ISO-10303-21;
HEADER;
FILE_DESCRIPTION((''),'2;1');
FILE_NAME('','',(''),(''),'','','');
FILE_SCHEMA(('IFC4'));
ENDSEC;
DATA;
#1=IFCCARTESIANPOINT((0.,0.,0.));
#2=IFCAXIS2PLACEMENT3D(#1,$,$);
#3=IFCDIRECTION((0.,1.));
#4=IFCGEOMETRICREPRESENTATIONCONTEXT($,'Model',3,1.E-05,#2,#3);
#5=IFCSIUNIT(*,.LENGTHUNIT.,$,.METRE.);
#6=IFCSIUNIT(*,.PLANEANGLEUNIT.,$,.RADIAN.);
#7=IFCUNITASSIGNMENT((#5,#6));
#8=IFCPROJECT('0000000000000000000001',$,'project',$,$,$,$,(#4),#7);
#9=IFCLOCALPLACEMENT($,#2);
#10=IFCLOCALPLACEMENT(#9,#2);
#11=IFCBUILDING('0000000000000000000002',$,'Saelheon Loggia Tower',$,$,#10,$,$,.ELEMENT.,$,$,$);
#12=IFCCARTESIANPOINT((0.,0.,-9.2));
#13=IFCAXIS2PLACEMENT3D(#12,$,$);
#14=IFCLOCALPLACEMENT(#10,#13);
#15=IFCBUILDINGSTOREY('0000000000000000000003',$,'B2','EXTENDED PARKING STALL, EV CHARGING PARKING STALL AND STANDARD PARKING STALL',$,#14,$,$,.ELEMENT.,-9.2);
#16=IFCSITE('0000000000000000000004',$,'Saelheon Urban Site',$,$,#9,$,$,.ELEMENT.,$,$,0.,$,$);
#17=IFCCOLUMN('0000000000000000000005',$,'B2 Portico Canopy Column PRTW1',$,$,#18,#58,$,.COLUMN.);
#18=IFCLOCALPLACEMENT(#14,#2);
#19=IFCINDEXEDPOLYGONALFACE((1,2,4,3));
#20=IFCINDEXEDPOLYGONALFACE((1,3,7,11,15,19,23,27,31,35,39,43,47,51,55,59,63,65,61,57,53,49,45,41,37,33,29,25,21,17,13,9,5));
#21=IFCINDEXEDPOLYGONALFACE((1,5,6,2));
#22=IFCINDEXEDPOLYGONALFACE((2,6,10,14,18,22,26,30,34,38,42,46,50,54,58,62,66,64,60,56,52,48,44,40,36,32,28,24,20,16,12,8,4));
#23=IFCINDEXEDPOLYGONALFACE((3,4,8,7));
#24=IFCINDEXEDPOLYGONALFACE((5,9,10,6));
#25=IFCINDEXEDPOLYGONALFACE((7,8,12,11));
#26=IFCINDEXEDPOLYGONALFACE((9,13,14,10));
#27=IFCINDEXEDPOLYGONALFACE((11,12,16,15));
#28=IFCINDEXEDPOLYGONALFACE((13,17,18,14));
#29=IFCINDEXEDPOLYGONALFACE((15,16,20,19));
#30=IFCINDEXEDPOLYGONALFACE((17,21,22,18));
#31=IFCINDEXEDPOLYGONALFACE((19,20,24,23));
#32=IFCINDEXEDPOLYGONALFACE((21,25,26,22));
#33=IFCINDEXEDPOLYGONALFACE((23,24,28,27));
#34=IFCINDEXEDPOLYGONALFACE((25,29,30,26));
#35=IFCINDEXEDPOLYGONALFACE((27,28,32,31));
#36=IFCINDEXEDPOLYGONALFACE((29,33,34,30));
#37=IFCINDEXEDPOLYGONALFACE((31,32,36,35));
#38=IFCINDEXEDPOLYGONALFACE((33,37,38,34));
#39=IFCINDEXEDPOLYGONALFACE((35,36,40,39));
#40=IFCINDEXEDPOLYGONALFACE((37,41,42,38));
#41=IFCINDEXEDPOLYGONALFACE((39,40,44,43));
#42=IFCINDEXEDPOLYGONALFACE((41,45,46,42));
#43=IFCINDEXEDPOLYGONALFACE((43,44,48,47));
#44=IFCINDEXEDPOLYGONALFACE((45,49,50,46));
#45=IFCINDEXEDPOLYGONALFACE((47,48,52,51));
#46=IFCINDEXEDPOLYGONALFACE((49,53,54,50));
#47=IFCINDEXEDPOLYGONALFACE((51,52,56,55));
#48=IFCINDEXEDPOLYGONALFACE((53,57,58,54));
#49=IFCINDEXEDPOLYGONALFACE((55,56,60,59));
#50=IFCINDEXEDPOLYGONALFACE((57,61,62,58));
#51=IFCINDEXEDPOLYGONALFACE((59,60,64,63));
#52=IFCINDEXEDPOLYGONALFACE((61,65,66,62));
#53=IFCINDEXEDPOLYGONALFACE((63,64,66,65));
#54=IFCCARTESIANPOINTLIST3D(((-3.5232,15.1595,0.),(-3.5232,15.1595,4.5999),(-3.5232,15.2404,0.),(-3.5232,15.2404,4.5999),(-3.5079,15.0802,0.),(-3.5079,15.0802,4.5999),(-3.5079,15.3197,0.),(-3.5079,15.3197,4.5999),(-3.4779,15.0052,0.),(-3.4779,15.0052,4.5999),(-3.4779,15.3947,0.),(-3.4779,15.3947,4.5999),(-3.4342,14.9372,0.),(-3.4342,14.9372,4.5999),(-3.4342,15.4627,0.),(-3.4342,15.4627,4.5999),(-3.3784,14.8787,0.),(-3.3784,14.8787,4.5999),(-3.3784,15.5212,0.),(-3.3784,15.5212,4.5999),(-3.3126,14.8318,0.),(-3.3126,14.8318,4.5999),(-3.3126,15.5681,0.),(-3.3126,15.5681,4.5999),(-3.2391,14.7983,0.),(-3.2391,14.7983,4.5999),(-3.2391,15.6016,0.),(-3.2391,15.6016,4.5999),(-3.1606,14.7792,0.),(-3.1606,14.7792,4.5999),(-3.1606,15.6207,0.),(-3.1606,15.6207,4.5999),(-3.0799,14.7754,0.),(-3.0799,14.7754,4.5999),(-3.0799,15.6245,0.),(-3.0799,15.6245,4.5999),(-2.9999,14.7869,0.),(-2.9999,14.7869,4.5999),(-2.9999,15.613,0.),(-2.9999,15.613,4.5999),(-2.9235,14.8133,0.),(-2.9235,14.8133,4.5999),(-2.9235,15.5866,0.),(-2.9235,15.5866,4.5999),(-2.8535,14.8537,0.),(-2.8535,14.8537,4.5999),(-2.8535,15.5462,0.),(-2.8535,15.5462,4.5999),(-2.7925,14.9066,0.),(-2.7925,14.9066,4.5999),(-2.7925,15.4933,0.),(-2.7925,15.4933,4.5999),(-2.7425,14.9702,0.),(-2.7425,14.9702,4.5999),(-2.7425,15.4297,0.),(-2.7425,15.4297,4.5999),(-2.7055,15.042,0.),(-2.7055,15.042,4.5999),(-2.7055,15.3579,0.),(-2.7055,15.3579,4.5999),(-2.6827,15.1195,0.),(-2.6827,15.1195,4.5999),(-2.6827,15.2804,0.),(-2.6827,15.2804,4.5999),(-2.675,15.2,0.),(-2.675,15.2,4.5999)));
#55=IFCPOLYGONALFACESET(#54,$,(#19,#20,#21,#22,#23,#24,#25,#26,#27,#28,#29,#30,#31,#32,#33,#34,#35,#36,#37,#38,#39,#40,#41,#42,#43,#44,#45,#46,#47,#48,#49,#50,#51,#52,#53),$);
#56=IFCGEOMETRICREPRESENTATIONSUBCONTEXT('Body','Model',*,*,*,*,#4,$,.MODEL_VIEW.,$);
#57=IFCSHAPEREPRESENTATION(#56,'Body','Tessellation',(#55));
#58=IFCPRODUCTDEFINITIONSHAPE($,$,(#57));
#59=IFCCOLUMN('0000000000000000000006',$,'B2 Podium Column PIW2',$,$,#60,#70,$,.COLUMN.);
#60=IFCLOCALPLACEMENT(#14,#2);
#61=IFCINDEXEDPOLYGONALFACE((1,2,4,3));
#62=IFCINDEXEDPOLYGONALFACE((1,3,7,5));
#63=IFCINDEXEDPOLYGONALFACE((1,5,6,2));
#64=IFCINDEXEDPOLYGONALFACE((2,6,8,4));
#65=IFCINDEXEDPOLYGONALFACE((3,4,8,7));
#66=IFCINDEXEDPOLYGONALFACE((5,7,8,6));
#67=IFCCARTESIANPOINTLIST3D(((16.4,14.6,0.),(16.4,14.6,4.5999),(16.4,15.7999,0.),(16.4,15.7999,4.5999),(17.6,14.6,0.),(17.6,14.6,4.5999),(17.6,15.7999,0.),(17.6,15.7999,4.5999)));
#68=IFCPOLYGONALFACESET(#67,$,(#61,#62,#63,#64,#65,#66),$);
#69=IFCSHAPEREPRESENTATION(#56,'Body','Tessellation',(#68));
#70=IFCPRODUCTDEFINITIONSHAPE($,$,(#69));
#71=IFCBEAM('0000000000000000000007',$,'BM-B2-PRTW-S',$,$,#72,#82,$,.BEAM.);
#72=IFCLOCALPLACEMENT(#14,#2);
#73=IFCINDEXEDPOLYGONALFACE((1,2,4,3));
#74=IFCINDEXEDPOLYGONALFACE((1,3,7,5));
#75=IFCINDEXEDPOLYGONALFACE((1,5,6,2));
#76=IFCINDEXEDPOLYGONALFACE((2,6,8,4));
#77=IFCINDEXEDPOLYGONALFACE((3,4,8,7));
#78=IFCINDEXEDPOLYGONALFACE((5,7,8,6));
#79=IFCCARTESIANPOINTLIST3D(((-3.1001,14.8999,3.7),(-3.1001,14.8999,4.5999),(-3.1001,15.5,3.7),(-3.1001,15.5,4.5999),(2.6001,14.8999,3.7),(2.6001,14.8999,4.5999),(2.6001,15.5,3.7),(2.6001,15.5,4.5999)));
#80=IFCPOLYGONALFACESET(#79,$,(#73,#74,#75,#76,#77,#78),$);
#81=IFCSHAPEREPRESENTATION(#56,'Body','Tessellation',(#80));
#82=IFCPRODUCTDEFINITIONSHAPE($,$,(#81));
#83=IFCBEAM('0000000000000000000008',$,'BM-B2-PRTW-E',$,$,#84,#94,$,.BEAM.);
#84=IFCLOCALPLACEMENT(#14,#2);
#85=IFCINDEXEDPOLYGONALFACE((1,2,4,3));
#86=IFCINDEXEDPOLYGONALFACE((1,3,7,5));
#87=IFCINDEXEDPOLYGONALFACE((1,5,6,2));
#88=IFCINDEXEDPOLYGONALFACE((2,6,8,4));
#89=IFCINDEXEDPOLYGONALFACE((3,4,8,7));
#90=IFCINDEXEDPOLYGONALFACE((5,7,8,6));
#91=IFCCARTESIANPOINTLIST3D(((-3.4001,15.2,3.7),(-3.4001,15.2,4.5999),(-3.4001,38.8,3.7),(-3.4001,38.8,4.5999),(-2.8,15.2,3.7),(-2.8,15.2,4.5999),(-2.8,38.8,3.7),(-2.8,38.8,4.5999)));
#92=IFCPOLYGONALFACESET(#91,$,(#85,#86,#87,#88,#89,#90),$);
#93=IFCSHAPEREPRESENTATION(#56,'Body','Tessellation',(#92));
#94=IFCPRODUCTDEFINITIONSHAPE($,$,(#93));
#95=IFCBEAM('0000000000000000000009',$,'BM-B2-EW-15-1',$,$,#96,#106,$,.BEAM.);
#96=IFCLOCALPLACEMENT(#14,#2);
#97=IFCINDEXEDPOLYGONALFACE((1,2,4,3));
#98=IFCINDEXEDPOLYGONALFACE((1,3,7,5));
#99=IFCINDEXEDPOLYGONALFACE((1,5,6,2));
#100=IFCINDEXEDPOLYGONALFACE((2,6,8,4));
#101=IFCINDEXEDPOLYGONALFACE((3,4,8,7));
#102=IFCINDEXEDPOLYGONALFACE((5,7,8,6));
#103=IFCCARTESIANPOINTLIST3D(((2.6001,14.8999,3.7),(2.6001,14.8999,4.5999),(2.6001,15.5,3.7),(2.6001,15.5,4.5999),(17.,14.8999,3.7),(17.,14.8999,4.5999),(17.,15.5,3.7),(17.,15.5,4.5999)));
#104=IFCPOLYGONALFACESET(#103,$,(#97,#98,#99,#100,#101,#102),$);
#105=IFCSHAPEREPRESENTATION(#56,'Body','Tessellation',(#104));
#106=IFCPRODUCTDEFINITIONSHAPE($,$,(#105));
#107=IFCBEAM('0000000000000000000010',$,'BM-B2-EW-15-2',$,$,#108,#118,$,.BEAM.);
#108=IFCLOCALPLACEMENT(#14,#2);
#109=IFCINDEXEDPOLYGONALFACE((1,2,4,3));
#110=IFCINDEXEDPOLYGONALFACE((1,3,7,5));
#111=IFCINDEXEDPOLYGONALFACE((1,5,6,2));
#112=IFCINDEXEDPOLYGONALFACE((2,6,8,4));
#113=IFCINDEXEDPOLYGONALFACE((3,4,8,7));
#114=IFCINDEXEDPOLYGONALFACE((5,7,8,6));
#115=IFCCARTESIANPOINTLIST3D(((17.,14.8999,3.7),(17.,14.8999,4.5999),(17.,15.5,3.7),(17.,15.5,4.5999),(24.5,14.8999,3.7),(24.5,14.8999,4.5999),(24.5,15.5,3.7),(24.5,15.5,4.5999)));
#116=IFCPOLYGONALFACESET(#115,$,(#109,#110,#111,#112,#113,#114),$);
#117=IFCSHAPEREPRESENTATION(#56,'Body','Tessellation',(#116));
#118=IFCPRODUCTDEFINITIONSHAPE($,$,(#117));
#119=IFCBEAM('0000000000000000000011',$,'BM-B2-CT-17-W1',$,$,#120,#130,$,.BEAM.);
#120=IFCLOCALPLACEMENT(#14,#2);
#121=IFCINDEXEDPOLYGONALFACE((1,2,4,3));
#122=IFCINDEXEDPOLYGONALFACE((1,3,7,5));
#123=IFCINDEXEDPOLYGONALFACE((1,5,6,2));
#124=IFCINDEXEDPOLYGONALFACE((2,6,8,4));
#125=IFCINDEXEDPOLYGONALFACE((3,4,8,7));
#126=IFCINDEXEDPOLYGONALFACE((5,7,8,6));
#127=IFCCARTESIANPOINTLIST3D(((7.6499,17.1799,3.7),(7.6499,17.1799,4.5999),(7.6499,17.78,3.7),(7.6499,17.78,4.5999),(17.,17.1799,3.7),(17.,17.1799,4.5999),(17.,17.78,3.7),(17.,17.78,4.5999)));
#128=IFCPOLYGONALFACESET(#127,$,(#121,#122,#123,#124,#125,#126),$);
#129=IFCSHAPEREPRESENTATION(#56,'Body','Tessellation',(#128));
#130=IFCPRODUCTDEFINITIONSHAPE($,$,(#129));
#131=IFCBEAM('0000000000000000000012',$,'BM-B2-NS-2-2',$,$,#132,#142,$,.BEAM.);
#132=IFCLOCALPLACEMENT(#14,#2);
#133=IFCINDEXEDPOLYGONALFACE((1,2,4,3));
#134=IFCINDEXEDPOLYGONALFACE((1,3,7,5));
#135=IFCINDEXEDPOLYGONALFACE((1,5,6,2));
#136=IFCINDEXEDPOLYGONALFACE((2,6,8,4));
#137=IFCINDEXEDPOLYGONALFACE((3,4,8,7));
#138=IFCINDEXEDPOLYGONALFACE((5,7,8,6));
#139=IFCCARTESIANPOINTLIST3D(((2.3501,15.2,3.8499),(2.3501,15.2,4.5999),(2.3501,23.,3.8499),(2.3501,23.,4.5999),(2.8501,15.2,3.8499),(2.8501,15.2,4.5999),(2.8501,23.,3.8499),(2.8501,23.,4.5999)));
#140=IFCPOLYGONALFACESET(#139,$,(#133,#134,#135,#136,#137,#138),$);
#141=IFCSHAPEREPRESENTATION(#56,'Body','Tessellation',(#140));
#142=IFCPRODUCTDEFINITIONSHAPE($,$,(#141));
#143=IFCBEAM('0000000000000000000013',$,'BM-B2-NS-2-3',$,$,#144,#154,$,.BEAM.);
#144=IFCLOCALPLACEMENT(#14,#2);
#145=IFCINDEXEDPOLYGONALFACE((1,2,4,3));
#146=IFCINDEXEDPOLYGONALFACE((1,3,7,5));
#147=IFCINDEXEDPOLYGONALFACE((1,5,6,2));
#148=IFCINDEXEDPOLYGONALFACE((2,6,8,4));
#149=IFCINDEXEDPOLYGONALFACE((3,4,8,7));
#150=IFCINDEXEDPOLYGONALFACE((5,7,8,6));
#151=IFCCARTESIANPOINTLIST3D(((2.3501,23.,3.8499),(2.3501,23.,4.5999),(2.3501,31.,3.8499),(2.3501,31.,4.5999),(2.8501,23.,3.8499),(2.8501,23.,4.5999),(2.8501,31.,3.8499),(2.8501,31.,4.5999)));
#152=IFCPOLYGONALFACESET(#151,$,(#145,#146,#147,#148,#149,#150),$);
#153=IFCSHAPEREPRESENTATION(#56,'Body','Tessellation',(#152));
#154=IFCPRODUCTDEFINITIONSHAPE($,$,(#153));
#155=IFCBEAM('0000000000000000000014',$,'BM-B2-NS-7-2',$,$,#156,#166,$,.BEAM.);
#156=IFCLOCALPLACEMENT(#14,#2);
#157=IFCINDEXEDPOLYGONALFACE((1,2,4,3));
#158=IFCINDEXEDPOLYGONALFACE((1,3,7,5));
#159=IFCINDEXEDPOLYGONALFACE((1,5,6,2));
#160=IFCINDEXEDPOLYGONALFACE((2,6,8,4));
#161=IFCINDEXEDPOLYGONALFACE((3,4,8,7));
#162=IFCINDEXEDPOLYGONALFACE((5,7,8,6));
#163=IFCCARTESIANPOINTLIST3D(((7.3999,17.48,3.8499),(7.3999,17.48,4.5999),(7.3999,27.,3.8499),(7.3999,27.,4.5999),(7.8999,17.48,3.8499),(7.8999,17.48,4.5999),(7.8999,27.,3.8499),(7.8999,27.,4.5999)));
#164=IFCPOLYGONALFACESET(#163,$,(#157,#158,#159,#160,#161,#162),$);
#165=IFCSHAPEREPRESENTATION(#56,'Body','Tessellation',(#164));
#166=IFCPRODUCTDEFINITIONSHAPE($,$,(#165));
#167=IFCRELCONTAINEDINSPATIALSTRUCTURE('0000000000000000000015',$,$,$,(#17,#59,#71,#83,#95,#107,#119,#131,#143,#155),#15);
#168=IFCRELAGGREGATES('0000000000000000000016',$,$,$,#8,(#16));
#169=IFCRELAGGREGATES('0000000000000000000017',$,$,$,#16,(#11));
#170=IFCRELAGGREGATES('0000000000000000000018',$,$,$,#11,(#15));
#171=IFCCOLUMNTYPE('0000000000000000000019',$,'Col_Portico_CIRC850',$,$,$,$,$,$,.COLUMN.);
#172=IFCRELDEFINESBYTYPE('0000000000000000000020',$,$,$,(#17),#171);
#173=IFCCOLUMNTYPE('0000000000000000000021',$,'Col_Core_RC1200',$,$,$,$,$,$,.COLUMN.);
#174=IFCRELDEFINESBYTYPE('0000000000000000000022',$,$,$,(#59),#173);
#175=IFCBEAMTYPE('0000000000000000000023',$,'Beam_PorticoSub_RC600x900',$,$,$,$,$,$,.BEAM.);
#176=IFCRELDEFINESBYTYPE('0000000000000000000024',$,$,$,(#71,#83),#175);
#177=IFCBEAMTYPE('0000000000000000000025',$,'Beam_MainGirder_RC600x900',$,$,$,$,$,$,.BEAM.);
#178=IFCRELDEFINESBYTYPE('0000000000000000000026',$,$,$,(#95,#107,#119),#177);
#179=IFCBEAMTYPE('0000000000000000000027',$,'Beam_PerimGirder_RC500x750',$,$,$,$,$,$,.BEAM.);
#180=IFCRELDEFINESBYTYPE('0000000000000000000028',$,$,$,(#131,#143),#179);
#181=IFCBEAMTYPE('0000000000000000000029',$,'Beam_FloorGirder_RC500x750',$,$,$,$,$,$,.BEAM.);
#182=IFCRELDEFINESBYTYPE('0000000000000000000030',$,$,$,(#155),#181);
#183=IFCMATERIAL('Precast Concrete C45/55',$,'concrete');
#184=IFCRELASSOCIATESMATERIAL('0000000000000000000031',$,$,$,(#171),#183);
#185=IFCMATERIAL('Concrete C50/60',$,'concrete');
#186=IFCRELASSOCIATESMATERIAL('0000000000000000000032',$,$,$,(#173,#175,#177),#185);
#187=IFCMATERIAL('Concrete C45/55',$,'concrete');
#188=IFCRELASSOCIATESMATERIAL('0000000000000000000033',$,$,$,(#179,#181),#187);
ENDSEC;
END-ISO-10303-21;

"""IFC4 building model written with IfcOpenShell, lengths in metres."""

from ifc_helpers import new_model, si_unit, direction, frame, origin, origin_2d, place, context, subcontext, project, spatial, rectangle, circle, extrude, source, transform, mapped, material, material_profile, profile_set, type_object, element, save


model = new_model("IFC4")

# Units and contexts
model_context = context("Model", 3, precision=1e-05, world=origin(), true_north=direction((0.0, 1.0)))
body_context = subcontext(model_context, "Body", "Model", "MODEL_VIEW")
ifc_project = project(units=[si_unit("LENGTHUNIT", "METRE"), si_unit("PLANEANGLEUNIT", "RADIAN")], contexts=[model_context])

# Site, building, storey
site_placement = place(None, origin())
site = spatial("IfcSite", under=ifc_project, at=site_placement, Name="Saelheon Urban Site", CompositionType="ELEMENT", RefElevation=0.0)
building_placement = place(site_placement, origin())
building = spatial("IfcBuilding", under=site, at=building_placement, Name="Saelheon Loggia Tower", CompositionType="ELEMENT")
storey_placement = place(building_placement, frame((0.0, 0.0, -9.2)))
storey = spatial("IfcBuildingStorey", under=building, at=storey_placement, Name="B2", Description="EXTENDED PARKING STALL, EV CHARGING PARKING STALL AND STANDARD PARKING STALL", CompositionType="ELEMENT", Elevation=-9.2)

# Shared definitions
ifc_material_1 = material(Name="Concrete C50/60", Category="concrete")

# Columns
ifc_material_2 = material(Name="Concrete C45/55", Category="concrete")
shared_shape_1 = source(origin(), body_context, "Body", "SweptSolid", [
    extrude(circle(Radius=0.425, at=origin_2d()), origin(), (0.0, 0.0, 1.0), 4.5999),
])
ifc_material_3 = material(Name="Precast Concrete C45/55", Category="concrete")
ifc_material_profile_1 = material_profile(ifc_material_3, circle(Radius=0.425, at=origin_2d()), Name="CIRC-850")
ifc_profile_set_1 = profile_set([ifc_material_profile_1], Name="Precast Concrete C45/55")
column_type_1 = type_object("IfcColumnType", Name="Col_Portico_CIRC850", PredefinedType="COLUMN", material=ifc_profile_set_1)
column_1_placement = place(storey_placement, frame((-3.1001, 15.2, 0.0), z_axis=(0.0, 0.0, 1.0), x_axis=(1.0, 0.0, 0.0)))
element("IfcColumn", 1, at=column_1_placement, inside=storey, type_object=column_type_1, Name="B2 Portico Canopy Column PRTW1", PredefinedType="COLUMN", context=body_context, shape_type="MappedRepresentation", body=[
    mapped(shared_shape_1, transform((0.0, 0.0, 0.0), scale=1.0)),
])
ifc_material_profile_2 = material_profile(ifc_material_1, rectangle(XDim=1.2, YDim=1.2, at=origin_2d()), Name="RC-1200x1200")
ifc_profile_set_2 = profile_set([ifc_material_profile_2], Name="Concrete C50/60")
column_type_2 = type_object("IfcColumnType", Name="Col_Core_RC1200", PredefinedType="COLUMN", material=ifc_profile_set_2)
shared_shape_2 = source(origin(), body_context, "Body", "SweptSolid", [
    extrude(rectangle(XDim=1.2, YDim=1.2, at=origin_2d()), origin(), (0.0, 0.0, 1.0), 4.5999),
])
column_2_placement = place(storey_placement, frame((17.0, 15.2, 0.0), z_axis=(0.0, 0.0, 1.0), x_axis=(1.0, 0.0, 0.0)))
element("IfcColumn", 2, at=column_2_placement, inside=storey, type_object=column_type_2, Name="B2 Podium Column PIW2", PredefinedType="COLUMN", context=body_context, shape_type="MappedRepresentation", body=[
    mapped(shared_shape_2, transform((0.0, 0.0, 0.0), scale=1.0)),
])

# Beams
ifc_material_profile_3 = material_profile(ifc_material_1, rectangle(XDim=0.6001, YDim=0.8999, at=origin_2d()), Name="RC-600x900")
ifc_profile_set_3 = profile_set([ifc_material_profile_3], Name="Concrete C50/60")
beam_type_1 = type_object("IfcBeamType", Name="Beam_PorticoSub_RC600x900", PredefinedType="BEAM", material=ifc_profile_set_3)
shared_shape_3 = source(origin(), body_context, "Body", "SweptSolid", [
    extrude(rectangle(XDim=0.6001, YDim=0.8999, at=origin_2d()), origin(), (0.0, 0.0, 1.0), 5.7002),
])
beam_1_placement = place(storey_placement, frame((-3.1001, 15.2, 4.1499), z_axis=(1.0, 0.0, 0.0), x_axis=(0.0, 1.0, 0.0)))
element("IfcBeam", 3, at=beam_1_placement, inside=storey, type_object=beam_type_1, Name="BM-B2-PRTW-S", PredefinedType="BEAM", context=body_context, shape_type="MappedRepresentation", body=[
    mapped(shared_shape_3, transform((0.0, 0.0, 0.0), scale=1.0)),
])
shared_shape_4 = source(origin(), body_context, "Body", "SweptSolid", [
    extrude(rectangle(XDim=0.6001, YDim=0.8999, at=origin_2d()), origin(), (0.0, 0.0, 1.0), 23.6001),
])
beam_2_placement = place(storey_placement, frame((-3.1001, 15.2, 4.1499), z_axis=(0.0, 1.0, 0.0), x_axis=(-1.0, 0.0, 0.0)))
element("IfcBeam", 4, at=beam_2_placement, inside=storey, type_object=beam_type_1, Name="BM-B2-PRTW-E", PredefinedType="BEAM", context=body_context, shape_type="MappedRepresentation", body=[
    mapped(shared_shape_4, transform((0.0, 0.0, 0.0), scale=1.0)),
])
ifc_material_profile_4 = material_profile(ifc_material_1, rectangle(XDim=0.6001, YDim=0.8999, at=origin_2d()), Name="RC-600x900")
ifc_profile_set_4 = profile_set([ifc_material_profile_4], Name="Concrete C50/60")
beam_type_2 = type_object("IfcBeamType", Name="Beam_MainGirder_RC600x900", PredefinedType="BEAM", material=ifc_profile_set_4)
shared_shape_5 = source(origin(), body_context, "Body", "SweptSolid", [
    extrude(rectangle(XDim=0.6001, YDim=0.8999, at=origin_2d()), origin(), (0.0, 0.0, 1.0), 14.3999),
])
beam_3_placement = place(storey_placement, frame((2.6001, 15.2, 4.1499), z_axis=(1.0, 0.0, 0.0), x_axis=(0.0, 1.0, 0.0)))
element("IfcBeam", 5, at=beam_3_placement, inside=storey, type_object=beam_type_2, Name="BM-B2-EW-15-1", PredefinedType="BEAM", context=body_context, shape_type="MappedRepresentation", body=[
    mapped(shared_shape_5, transform((0.0, 0.0, 0.0), scale=1.0)),
])
shared_shape_6 = source(origin(), body_context, "Body", "SweptSolid", [
    extrude(rectangle(XDim=0.6001, YDim=0.8999, at=origin_2d()), origin(), (0.0, 0.0, 1.0), 7.5),
])
beam_4_placement = place(storey_placement, frame((17.0, 15.2, 4.1499), z_axis=(1.0, 0.0, 0.0), x_axis=(0.0, 1.0, 0.0)))
element("IfcBeam", 6, at=beam_4_placement, inside=storey, type_object=beam_type_2, Name="BM-B2-EW-15-2", PredefinedType="BEAM", context=body_context, shape_type="MappedRepresentation", body=[
    mapped(shared_shape_6, transform((0.0, 0.0, 0.0), scale=1.0)),
])
shared_shape_7 = source(origin(), body_context, "Body", "SweptSolid", [
    extrude(rectangle(XDim=0.6001, YDim=0.8999, at=origin_2d()), origin(), (0.0, 0.0, 1.0), 9.3501),
])
beam_5_placement = place(storey_placement, frame((7.6499, 17.48, 4.1499), z_axis=(1.0, 0.0, 0.0), x_axis=(0.0, 1.0, 0.0)))
element("IfcBeam", 7, at=beam_5_placement, inside=storey, type_object=beam_type_2, Name="BM-B2-CT-17-W1", PredefinedType="BEAM", context=body_context, shape_type="MappedRepresentation", body=[
    mapped(shared_shape_7, transform((0.0, 0.0, 0.0), scale=1.0)),
])
ifc_material_profile_5 = material_profile(ifc_material_2, rectangle(XDim=0.5, YDim=0.75, at=origin_2d()), Name="RC-500x750")
ifc_profile_set_5 = profile_set([ifc_material_profile_5], Name="Concrete C45/55")
beam_type_3 = type_object("IfcBeamType", Name="Beam_PerimGirder_RC500x750", PredefinedType="BEAM", material=ifc_profile_set_5)
shared_shape_8 = source(origin(), body_context, "Body", "SweptSolid", [
    extrude(rectangle(XDim=0.5, YDim=0.75, at=origin_2d()), origin(), (0.0, 0.0, 1.0), 7.8),
])
beam_6_placement = place(storey_placement, frame((2.6001, 15.2, 4.2249), z_axis=(0.0, 1.0, 0.0), x_axis=(-1.0, 0.0, 0.0)))
element("IfcBeam", 8, at=beam_6_placement, inside=storey, type_object=beam_type_3, Name="BM-B2-NS-2-2", PredefinedType="BEAM", context=body_context, shape_type="MappedRepresentation", body=[
    mapped(shared_shape_8, transform((0.0, 0.0, 0.0), scale=1.0)),
])
shared_shape_9 = source(origin(), body_context, "Body", "SweptSolid", [
    extrude(rectangle(XDim=0.5, YDim=0.75, at=origin_2d()), origin(), (0.0, 0.0, 1.0), 8.0),
])
beam_7_placement = place(storey_placement, frame((2.6001, 23.0, 4.2249), z_axis=(0.0, 1.0, 0.0), x_axis=(-1.0, 0.0, 0.0)))
element("IfcBeam", 9, at=beam_7_placement, inside=storey, type_object=beam_type_3, Name="BM-B2-NS-2-3", PredefinedType="BEAM", context=body_context, shape_type="MappedRepresentation", body=[
    mapped(shared_shape_9, transform((0.0, 0.0, 0.0), scale=1.0)),
])
ifc_material_profile_6 = material_profile(ifc_material_2, rectangle(XDim=0.5, YDim=0.75, at=origin_2d()), Name="RC-500x750")
ifc_profile_set_6 = profile_set([ifc_material_profile_6], Name="Concrete C45/55")
beam_type_4 = type_object("IfcBeamType", Name="Beam_FloorGirder_RC500x750", PredefinedType="BEAM", material=ifc_profile_set_6)
shared_shape_10 = source(origin(), body_context, "Body", "SweptSolid", [
    extrude(rectangle(XDim=0.5, YDim=0.75, at=origin_2d()), origin(), (0.0, 0.0, 1.0), 9.52),
])
beam_8_placement = place(storey_placement, frame((7.6499, 17.48, 4.2249), z_axis=(0.0, 1.0, 0.0), x_axis=(-1.0, 0.0, 0.0)))
element("IfcBeam", 10, at=beam_8_placement, inside=storey, type_object=beam_type_4, Name="BM-B2-NS-7-2", PredefinedType="BEAM", context=body_context, shape_type="MappedRepresentation", body=[
    mapped(shared_shape_10, transform((0.0, 0.0, 0.0), scale=1.0)),
])

save(model, "model.ifc")
